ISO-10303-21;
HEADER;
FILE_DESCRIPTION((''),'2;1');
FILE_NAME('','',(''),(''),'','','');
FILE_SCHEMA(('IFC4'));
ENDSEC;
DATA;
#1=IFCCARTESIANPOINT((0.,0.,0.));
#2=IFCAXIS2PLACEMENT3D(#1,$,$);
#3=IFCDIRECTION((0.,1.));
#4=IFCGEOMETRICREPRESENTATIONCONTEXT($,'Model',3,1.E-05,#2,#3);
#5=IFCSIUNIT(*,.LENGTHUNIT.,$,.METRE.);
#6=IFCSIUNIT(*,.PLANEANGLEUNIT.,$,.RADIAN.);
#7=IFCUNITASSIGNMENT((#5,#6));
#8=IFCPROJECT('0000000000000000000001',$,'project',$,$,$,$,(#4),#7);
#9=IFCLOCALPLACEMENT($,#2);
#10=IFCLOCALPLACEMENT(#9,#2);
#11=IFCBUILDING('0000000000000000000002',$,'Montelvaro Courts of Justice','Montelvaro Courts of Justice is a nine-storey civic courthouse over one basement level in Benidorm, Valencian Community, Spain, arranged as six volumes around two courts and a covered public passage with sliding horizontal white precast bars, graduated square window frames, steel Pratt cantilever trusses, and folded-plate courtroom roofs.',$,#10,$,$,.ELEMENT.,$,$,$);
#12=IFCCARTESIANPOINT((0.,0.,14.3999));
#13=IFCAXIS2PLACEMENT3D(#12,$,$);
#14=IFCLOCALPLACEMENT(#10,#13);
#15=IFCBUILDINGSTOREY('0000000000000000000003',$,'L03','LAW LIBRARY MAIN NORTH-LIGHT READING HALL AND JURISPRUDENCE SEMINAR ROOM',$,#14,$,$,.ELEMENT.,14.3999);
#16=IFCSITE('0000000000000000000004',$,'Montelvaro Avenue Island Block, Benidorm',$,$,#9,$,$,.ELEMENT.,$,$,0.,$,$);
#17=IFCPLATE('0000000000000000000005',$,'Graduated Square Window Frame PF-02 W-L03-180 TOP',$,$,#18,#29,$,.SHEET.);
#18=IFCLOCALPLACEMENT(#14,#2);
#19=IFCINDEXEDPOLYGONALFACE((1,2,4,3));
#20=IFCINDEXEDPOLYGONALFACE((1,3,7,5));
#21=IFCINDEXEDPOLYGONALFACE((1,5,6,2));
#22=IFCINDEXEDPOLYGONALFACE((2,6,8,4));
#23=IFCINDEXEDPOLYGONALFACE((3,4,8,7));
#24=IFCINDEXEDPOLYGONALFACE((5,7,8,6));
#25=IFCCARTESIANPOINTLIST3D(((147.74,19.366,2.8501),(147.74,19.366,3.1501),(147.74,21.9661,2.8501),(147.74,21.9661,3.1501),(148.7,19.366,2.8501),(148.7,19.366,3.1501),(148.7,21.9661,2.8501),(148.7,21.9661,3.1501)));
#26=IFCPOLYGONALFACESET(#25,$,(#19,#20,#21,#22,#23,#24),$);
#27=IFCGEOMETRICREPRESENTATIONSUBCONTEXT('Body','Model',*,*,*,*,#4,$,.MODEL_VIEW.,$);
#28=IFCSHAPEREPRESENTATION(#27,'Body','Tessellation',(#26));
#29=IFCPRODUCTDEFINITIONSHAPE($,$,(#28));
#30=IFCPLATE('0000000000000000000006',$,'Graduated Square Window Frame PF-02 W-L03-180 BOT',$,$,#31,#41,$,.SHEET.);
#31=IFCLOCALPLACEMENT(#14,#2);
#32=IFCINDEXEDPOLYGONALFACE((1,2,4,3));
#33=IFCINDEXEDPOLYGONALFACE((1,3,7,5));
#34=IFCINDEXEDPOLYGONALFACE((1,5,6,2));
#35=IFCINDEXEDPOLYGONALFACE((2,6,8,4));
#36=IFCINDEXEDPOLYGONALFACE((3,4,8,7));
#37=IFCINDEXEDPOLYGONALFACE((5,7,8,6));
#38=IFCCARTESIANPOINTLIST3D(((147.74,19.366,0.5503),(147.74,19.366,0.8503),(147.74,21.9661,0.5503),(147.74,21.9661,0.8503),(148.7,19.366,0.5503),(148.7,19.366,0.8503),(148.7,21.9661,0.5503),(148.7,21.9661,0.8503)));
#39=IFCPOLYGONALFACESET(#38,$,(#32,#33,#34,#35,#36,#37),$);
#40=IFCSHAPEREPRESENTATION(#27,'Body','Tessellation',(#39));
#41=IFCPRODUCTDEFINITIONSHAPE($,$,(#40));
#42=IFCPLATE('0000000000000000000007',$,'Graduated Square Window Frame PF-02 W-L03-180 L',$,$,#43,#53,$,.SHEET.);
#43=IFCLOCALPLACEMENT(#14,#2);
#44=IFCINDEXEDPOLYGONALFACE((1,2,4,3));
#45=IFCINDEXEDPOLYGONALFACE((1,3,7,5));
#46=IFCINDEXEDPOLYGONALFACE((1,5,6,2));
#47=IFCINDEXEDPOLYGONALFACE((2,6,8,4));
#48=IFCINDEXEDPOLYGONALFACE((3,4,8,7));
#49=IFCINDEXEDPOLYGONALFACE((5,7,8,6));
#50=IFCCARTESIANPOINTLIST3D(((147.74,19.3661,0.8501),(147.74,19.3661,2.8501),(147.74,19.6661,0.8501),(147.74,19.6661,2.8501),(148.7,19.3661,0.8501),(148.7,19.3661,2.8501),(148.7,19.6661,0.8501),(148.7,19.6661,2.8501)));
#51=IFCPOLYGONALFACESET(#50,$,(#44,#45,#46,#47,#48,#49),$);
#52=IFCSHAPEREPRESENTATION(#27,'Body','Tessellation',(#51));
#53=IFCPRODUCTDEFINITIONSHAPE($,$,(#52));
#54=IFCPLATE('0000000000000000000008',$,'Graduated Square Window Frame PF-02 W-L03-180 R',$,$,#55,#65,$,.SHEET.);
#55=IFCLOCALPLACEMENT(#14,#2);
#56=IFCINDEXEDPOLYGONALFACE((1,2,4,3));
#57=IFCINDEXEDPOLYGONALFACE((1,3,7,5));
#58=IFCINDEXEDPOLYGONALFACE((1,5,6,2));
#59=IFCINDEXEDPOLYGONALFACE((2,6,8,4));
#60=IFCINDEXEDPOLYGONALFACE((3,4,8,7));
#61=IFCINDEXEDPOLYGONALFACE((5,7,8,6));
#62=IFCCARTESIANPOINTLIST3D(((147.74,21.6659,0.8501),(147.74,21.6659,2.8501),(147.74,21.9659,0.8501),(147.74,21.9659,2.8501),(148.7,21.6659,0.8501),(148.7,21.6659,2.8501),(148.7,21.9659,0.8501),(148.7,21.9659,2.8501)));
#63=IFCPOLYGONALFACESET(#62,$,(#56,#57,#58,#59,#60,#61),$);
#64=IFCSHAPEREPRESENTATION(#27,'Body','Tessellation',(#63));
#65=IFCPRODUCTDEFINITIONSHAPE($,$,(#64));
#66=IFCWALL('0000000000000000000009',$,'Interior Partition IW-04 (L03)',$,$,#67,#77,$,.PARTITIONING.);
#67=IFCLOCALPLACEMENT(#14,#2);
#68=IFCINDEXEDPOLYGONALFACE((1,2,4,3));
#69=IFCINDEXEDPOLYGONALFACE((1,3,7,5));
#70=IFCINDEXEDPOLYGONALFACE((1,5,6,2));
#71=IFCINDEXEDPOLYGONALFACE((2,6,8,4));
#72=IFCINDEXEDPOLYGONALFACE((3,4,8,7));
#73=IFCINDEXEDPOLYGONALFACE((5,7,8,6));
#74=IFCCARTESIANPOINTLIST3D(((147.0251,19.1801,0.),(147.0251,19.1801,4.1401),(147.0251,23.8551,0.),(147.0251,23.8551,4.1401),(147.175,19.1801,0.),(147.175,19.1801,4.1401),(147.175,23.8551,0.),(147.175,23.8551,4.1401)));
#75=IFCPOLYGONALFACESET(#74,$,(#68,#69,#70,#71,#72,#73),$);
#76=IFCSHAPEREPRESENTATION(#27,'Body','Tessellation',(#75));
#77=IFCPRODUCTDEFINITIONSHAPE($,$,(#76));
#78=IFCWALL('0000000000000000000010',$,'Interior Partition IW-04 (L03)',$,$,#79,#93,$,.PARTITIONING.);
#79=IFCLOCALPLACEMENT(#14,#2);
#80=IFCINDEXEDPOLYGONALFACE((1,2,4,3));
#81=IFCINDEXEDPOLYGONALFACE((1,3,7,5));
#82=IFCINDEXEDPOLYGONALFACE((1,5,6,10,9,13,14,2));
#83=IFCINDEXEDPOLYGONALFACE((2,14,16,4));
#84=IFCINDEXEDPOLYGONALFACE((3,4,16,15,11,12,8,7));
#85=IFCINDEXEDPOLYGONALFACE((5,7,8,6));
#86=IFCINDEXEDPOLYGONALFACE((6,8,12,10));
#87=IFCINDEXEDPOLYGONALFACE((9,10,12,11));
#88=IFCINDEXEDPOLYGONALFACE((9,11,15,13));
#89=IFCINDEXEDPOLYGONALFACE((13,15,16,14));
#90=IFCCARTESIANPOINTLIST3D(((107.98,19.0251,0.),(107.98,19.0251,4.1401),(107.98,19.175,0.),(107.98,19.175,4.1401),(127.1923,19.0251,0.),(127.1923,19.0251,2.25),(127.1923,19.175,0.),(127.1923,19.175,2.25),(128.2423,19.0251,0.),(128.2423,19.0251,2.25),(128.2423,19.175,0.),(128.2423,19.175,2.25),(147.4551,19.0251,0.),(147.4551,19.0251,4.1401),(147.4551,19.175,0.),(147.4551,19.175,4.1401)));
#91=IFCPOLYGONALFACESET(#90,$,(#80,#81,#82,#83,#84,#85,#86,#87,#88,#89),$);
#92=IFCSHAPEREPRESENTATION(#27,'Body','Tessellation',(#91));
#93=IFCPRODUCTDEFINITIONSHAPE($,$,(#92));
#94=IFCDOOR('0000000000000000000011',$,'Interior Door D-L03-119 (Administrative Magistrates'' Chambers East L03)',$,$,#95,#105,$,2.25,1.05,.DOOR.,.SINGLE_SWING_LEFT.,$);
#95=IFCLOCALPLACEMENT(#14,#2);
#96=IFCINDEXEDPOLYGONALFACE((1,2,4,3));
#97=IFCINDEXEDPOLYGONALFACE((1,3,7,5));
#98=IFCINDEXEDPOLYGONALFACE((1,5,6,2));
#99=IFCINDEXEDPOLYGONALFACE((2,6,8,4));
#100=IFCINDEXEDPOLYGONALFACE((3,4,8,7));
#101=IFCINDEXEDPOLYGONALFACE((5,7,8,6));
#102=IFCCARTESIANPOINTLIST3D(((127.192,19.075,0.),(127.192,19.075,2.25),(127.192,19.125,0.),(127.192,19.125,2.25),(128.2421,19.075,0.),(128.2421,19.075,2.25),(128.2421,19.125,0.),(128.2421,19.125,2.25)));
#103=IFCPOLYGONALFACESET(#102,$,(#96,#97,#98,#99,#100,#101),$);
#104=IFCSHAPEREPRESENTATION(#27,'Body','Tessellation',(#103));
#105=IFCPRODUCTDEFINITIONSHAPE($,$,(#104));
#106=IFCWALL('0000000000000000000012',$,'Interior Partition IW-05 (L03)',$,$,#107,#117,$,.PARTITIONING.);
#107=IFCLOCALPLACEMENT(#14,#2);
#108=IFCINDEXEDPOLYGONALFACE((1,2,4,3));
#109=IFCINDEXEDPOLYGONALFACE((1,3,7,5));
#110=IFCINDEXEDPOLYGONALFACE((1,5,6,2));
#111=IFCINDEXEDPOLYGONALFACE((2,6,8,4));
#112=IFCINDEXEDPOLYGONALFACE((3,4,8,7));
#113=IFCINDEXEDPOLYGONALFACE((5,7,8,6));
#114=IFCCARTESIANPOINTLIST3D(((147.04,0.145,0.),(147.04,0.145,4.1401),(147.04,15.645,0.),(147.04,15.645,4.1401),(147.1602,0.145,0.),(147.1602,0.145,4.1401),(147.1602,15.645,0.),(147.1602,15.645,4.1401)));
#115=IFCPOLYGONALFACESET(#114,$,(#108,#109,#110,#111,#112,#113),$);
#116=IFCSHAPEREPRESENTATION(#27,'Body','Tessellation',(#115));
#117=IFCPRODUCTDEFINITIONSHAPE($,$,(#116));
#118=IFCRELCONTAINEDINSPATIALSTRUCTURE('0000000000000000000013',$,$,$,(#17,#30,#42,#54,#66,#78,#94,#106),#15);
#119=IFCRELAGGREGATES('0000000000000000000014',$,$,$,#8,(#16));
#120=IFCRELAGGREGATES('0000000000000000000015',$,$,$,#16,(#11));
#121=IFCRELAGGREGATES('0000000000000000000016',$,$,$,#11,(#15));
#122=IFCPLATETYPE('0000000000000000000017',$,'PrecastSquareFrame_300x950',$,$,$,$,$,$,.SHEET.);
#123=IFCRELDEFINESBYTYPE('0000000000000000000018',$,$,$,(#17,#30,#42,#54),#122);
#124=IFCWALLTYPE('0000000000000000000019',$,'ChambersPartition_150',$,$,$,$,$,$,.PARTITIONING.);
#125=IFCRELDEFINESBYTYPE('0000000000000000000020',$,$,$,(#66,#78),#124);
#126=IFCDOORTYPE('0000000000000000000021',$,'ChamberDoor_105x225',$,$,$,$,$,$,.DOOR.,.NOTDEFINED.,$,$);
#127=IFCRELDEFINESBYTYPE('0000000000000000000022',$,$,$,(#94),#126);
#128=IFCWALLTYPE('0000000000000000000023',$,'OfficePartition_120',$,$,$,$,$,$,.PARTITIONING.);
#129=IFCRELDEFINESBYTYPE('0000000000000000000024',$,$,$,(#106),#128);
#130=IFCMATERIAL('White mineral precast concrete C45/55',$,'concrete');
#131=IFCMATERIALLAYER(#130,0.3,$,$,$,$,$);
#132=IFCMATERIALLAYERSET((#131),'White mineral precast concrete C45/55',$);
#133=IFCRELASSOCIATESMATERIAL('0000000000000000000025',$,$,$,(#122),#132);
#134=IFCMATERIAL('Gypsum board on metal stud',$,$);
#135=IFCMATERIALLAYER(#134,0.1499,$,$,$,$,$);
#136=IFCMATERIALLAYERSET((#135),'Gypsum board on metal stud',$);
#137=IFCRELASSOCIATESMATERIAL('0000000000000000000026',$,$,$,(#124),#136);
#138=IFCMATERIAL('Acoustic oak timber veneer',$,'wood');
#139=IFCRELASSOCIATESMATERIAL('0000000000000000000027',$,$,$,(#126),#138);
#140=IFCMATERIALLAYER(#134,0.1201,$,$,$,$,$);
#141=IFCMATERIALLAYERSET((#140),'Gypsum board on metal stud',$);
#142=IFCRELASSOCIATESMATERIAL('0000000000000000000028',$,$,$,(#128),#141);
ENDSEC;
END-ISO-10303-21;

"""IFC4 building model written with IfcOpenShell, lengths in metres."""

from ifc_helpers import new_model, si_unit, direction, frame, frame_2d, origin, origin_2d, place, context, subcontext, project, spatial, rectangle, extrude, material, layer, layer_set, type_object, element, fill, save


model = new_model("IFC4")

# Units and contexts
model_context = context("Model", 3, precision=1e-05, world=origin(), true_north=direction((0.0, 1.0)))
body_context = subcontext(model_context, "Body", "Model", "MODEL_VIEW")
ifc_project = project(units=[si_unit("LENGTHUNIT", "METRE"), si_unit("PLANEANGLEUNIT", "RADIAN")], contexts=[model_context])

# Site, building, storey
site_placement = place(None, origin())
site = spatial("IfcSite", under=ifc_project, at=site_placement, Name="Montelvaro Avenue Island Block, Benidorm", CompositionType="ELEMENT", RefElevation=0.0)
building_placement = place(site_placement, origin())
building = spatial("IfcBuilding", under=site, at=building_placement, Name="Montelvaro Courts of Justice", Description="Montelvaro Courts of Justice is a nine-storey civic courthouse over one basement level in Benidorm, Valencian Community, Spain, arranged as six volumes around two courts and a covered public passage with sliding horizontal white precast bars, graduated square window frames, steel Pratt cantilever trusses, and folded-plate courtroom roofs.", CompositionType="ELEMENT")
storey_placement = place(building_placement, frame((0.0, 0.0, 14.3999)))
storey = spatial("IfcBuildingStorey", under=building, at=storey_placement, Name="L03", Description="LAW LIBRARY MAIN NORTH-LIGHT READING HALL AND JURISPRUDENCE SEMINAR ROOM", CompositionType="ELEMENT", Elevation=14.3999)

# Plates
ifc_material_1 = material(Name="White mineral precast concrete C45/55", Category="concrete")
ifc_layer_1 = layer(ifc_material_1, 0.3)
ifc_layer_set_1 = layer_set([ifc_layer_1], Name="White mineral precast concrete C45/55")
plate_type_1 = type_object("IfcPlateType", Name="PrecastSquareFrame_300x950", PredefinedType="SHEET", material=ifc_layer_set_1)
for number, where, z_axis, x_axis, name in (
    (1, (148.22, 20.666, 2.8501), (0.0, 0.0, 1.0), (0.0, 1.0, 0.0), "Graduated Square Window Frame PF-02 W-L03-180 TOP"),
    (2, (148.22, 20.666, 0.5503), (0.0, 0.0, 1.0), (0.0, 1.0, 0.0), "Graduated Square Window Frame PF-02 W-L03-180 BOT"),
):
    element("IfcPlate", number, at=place(storey_placement, frame(where, z_axis=z_axis, x_axis=x_axis)), inside=storey, type_object=plate_type_1, Name=name, PredefinedType="SHEET", context=body_context, shape_type="SweptSolid", body=[
        extrude(rectangle(XDim=2.6001, YDim=0.96, at=origin_2d()), origin(), (0.0, 0.0, 1.0), 0.3),
    ])
for number, where, z_axis, x_axis, name in (
    (3, (148.22, 19.5161, 0.8501), (0.0, 0.0, 1.0), (0.0, 1.0, 0.0), "Graduated Square Window Frame PF-02 W-L03-180 L"),
    (4, (148.22, 21.8159, 0.8501), (0.0, 0.0, 1.0), (0.0, 1.0, 0.0), "Graduated Square Window Frame PF-02 W-L03-180 R"),
):
    element("IfcPlate", number, at=place(storey_placement, frame(where, z_axis=z_axis, x_axis=x_axis)), inside=storey, type_object=plate_type_1, Name=name, PredefinedType="SHEET", context=body_context, shape_type="SweptSolid", body=[
        extrude(rectangle(XDim=0.3, YDim=0.96, at=origin_2d()), origin(), (0.0, 0.0, 1.0), 2.0),
    ])

# Wall
ifc_material_2 = material(Name="Gypsum board on metal stud")
ifc_layer_2 = layer(ifc_material_2, 0.1499)
ifc_layer_set_2 = layer_set([ifc_layer_2], Name="Gypsum board on metal stud")
wall_type_1 = type_object("IfcWallType", Name="ChambersPartition_150", PredefinedType="PARTITIONING", material=ifc_layer_set_2)
wall_1_placement = place(storey_placement, frame((147.1001, 23.855, 0.0), z_axis=(0.0, 0.0, 1.0), x_axis=(0.0, -1.0, 0.0)))
element("IfcWall", 5, at=wall_1_placement, inside=storey, type_object=wall_type_1, Name="Interior Partition IW-04 (L03)", PredefinedType="PARTITIONING", context=body_context, shape_type="SweptSolid", body=[
    extrude(rectangle(XDim=4.675, YDim=0.1499, at=frame_2d((2.3374, 0.0))), origin(), (0.0, 0.0, 1.0), 4.1401),
])

# Wall, opening, door
wall_2_placement = place(storey_placement, frame((147.4551, 19.1001, 0.0), z_axis=(0.0, 0.0, 1.0), x_axis=(-1.0, 0.0, 0.0)))
wall_2 = element("IfcWall", 6, at=wall_2_placement, inside=storey, type_object=wall_type_1, Name="Interior Partition IW-04 (L03)", PredefinedType="PARTITIONING", context=body_context, shape_type="SweptSolid", body=[
    extrude(rectangle(XDim=39.4751, YDim=0.1499, at=frame_2d((19.7375, 0.0))), origin(), (0.0, 0.0, 1.0), 4.1401),
])
opening_placement = place(wall_2_placement, frame((19.2129, 0.0, 0.0)))
opening = element("IfcOpeningElement", 7, at=opening_placement, cuts=wall_2, PredefinedType="OPENING", context=body_context, shape_type="SweptSolid", body=[
    extrude(rectangle(XDim=1.05, YDim=2.25, at=frame_2d((0.5249, 1.125))), frame((0.0, 0.0898, 0.0), z_axis=(0.0, -1.0, 0.0), x_axis=(1.0, 0.0, 0.0)), (0.0, 0.0, 1.0), 0.1797),
])
ifc_material_3 = material(Name="Acoustic oak timber veneer", Category="wood")
door_type = type_object("IfcDoorType", Name="ChamberDoor_105x225", OperationType="NOTDEFINED", PredefinedType="DOOR", material=ifc_material_3)
door_placement = place(opening_placement, frame((1.05, 0.0, 0.0), z_axis=(0.0, 0.0, 1.0), x_axis=(-1.0, 0.0, 0.0)))
door = element("IfcDoor", 8, at=door_placement, inside=storey, type_object=door_type, Name="Interior Door D-L03-119 (Administrative Magistrates' Chambers East L03)", OperationType="SINGLE_SWING_LEFT", OverallHeight=2.25, OverallWidth=1.05, PredefinedType="DOOR", context=body_context, shape_type="SweptSolid", body=[
    extrude(rectangle(XDim=1.05, YDim=2.25, at=frame_2d((0.5249, 1.125))), frame((0.0, 0.0249, 0.0), z_axis=(0.0, -1.0, 0.0), x_axis=(1.0, 0.0, 0.0)), (0.0, 0.0, 1.0), 0.05),
])
fill(opening, door)

# Wall
ifc_layer_3 = layer(ifc_material_2, 0.1201)
ifc_layer_set_3 = layer_set([ifc_layer_3], Name="Gypsum board on metal stud")
wall_type_2 = type_object("IfcWallType", Name="OfficePartition_120", PredefinedType="PARTITIONING", material=ifc_layer_set_3)
wall_3_placement = place(storey_placement, frame((147.1001, 15.645, 0.0), z_axis=(0.0, 0.0, 1.0), x_axis=(0.0, -1.0, 0.0)))
element("IfcWall", 9, at=wall_3_placement, inside=storey, type_object=wall_type_2, Name="Interior Partition IW-05 (L03)", PredefinedType="PARTITIONING", context=body_context, shape_type="SweptSolid", body=[
    extrude(rectangle(XDim=15.5, YDim=0.1201, at=frame_2d((7.75, 0.0))), origin(), (0.0, 0.0, 1.0), 4.1401),
])

save(model, "model.ifc")
